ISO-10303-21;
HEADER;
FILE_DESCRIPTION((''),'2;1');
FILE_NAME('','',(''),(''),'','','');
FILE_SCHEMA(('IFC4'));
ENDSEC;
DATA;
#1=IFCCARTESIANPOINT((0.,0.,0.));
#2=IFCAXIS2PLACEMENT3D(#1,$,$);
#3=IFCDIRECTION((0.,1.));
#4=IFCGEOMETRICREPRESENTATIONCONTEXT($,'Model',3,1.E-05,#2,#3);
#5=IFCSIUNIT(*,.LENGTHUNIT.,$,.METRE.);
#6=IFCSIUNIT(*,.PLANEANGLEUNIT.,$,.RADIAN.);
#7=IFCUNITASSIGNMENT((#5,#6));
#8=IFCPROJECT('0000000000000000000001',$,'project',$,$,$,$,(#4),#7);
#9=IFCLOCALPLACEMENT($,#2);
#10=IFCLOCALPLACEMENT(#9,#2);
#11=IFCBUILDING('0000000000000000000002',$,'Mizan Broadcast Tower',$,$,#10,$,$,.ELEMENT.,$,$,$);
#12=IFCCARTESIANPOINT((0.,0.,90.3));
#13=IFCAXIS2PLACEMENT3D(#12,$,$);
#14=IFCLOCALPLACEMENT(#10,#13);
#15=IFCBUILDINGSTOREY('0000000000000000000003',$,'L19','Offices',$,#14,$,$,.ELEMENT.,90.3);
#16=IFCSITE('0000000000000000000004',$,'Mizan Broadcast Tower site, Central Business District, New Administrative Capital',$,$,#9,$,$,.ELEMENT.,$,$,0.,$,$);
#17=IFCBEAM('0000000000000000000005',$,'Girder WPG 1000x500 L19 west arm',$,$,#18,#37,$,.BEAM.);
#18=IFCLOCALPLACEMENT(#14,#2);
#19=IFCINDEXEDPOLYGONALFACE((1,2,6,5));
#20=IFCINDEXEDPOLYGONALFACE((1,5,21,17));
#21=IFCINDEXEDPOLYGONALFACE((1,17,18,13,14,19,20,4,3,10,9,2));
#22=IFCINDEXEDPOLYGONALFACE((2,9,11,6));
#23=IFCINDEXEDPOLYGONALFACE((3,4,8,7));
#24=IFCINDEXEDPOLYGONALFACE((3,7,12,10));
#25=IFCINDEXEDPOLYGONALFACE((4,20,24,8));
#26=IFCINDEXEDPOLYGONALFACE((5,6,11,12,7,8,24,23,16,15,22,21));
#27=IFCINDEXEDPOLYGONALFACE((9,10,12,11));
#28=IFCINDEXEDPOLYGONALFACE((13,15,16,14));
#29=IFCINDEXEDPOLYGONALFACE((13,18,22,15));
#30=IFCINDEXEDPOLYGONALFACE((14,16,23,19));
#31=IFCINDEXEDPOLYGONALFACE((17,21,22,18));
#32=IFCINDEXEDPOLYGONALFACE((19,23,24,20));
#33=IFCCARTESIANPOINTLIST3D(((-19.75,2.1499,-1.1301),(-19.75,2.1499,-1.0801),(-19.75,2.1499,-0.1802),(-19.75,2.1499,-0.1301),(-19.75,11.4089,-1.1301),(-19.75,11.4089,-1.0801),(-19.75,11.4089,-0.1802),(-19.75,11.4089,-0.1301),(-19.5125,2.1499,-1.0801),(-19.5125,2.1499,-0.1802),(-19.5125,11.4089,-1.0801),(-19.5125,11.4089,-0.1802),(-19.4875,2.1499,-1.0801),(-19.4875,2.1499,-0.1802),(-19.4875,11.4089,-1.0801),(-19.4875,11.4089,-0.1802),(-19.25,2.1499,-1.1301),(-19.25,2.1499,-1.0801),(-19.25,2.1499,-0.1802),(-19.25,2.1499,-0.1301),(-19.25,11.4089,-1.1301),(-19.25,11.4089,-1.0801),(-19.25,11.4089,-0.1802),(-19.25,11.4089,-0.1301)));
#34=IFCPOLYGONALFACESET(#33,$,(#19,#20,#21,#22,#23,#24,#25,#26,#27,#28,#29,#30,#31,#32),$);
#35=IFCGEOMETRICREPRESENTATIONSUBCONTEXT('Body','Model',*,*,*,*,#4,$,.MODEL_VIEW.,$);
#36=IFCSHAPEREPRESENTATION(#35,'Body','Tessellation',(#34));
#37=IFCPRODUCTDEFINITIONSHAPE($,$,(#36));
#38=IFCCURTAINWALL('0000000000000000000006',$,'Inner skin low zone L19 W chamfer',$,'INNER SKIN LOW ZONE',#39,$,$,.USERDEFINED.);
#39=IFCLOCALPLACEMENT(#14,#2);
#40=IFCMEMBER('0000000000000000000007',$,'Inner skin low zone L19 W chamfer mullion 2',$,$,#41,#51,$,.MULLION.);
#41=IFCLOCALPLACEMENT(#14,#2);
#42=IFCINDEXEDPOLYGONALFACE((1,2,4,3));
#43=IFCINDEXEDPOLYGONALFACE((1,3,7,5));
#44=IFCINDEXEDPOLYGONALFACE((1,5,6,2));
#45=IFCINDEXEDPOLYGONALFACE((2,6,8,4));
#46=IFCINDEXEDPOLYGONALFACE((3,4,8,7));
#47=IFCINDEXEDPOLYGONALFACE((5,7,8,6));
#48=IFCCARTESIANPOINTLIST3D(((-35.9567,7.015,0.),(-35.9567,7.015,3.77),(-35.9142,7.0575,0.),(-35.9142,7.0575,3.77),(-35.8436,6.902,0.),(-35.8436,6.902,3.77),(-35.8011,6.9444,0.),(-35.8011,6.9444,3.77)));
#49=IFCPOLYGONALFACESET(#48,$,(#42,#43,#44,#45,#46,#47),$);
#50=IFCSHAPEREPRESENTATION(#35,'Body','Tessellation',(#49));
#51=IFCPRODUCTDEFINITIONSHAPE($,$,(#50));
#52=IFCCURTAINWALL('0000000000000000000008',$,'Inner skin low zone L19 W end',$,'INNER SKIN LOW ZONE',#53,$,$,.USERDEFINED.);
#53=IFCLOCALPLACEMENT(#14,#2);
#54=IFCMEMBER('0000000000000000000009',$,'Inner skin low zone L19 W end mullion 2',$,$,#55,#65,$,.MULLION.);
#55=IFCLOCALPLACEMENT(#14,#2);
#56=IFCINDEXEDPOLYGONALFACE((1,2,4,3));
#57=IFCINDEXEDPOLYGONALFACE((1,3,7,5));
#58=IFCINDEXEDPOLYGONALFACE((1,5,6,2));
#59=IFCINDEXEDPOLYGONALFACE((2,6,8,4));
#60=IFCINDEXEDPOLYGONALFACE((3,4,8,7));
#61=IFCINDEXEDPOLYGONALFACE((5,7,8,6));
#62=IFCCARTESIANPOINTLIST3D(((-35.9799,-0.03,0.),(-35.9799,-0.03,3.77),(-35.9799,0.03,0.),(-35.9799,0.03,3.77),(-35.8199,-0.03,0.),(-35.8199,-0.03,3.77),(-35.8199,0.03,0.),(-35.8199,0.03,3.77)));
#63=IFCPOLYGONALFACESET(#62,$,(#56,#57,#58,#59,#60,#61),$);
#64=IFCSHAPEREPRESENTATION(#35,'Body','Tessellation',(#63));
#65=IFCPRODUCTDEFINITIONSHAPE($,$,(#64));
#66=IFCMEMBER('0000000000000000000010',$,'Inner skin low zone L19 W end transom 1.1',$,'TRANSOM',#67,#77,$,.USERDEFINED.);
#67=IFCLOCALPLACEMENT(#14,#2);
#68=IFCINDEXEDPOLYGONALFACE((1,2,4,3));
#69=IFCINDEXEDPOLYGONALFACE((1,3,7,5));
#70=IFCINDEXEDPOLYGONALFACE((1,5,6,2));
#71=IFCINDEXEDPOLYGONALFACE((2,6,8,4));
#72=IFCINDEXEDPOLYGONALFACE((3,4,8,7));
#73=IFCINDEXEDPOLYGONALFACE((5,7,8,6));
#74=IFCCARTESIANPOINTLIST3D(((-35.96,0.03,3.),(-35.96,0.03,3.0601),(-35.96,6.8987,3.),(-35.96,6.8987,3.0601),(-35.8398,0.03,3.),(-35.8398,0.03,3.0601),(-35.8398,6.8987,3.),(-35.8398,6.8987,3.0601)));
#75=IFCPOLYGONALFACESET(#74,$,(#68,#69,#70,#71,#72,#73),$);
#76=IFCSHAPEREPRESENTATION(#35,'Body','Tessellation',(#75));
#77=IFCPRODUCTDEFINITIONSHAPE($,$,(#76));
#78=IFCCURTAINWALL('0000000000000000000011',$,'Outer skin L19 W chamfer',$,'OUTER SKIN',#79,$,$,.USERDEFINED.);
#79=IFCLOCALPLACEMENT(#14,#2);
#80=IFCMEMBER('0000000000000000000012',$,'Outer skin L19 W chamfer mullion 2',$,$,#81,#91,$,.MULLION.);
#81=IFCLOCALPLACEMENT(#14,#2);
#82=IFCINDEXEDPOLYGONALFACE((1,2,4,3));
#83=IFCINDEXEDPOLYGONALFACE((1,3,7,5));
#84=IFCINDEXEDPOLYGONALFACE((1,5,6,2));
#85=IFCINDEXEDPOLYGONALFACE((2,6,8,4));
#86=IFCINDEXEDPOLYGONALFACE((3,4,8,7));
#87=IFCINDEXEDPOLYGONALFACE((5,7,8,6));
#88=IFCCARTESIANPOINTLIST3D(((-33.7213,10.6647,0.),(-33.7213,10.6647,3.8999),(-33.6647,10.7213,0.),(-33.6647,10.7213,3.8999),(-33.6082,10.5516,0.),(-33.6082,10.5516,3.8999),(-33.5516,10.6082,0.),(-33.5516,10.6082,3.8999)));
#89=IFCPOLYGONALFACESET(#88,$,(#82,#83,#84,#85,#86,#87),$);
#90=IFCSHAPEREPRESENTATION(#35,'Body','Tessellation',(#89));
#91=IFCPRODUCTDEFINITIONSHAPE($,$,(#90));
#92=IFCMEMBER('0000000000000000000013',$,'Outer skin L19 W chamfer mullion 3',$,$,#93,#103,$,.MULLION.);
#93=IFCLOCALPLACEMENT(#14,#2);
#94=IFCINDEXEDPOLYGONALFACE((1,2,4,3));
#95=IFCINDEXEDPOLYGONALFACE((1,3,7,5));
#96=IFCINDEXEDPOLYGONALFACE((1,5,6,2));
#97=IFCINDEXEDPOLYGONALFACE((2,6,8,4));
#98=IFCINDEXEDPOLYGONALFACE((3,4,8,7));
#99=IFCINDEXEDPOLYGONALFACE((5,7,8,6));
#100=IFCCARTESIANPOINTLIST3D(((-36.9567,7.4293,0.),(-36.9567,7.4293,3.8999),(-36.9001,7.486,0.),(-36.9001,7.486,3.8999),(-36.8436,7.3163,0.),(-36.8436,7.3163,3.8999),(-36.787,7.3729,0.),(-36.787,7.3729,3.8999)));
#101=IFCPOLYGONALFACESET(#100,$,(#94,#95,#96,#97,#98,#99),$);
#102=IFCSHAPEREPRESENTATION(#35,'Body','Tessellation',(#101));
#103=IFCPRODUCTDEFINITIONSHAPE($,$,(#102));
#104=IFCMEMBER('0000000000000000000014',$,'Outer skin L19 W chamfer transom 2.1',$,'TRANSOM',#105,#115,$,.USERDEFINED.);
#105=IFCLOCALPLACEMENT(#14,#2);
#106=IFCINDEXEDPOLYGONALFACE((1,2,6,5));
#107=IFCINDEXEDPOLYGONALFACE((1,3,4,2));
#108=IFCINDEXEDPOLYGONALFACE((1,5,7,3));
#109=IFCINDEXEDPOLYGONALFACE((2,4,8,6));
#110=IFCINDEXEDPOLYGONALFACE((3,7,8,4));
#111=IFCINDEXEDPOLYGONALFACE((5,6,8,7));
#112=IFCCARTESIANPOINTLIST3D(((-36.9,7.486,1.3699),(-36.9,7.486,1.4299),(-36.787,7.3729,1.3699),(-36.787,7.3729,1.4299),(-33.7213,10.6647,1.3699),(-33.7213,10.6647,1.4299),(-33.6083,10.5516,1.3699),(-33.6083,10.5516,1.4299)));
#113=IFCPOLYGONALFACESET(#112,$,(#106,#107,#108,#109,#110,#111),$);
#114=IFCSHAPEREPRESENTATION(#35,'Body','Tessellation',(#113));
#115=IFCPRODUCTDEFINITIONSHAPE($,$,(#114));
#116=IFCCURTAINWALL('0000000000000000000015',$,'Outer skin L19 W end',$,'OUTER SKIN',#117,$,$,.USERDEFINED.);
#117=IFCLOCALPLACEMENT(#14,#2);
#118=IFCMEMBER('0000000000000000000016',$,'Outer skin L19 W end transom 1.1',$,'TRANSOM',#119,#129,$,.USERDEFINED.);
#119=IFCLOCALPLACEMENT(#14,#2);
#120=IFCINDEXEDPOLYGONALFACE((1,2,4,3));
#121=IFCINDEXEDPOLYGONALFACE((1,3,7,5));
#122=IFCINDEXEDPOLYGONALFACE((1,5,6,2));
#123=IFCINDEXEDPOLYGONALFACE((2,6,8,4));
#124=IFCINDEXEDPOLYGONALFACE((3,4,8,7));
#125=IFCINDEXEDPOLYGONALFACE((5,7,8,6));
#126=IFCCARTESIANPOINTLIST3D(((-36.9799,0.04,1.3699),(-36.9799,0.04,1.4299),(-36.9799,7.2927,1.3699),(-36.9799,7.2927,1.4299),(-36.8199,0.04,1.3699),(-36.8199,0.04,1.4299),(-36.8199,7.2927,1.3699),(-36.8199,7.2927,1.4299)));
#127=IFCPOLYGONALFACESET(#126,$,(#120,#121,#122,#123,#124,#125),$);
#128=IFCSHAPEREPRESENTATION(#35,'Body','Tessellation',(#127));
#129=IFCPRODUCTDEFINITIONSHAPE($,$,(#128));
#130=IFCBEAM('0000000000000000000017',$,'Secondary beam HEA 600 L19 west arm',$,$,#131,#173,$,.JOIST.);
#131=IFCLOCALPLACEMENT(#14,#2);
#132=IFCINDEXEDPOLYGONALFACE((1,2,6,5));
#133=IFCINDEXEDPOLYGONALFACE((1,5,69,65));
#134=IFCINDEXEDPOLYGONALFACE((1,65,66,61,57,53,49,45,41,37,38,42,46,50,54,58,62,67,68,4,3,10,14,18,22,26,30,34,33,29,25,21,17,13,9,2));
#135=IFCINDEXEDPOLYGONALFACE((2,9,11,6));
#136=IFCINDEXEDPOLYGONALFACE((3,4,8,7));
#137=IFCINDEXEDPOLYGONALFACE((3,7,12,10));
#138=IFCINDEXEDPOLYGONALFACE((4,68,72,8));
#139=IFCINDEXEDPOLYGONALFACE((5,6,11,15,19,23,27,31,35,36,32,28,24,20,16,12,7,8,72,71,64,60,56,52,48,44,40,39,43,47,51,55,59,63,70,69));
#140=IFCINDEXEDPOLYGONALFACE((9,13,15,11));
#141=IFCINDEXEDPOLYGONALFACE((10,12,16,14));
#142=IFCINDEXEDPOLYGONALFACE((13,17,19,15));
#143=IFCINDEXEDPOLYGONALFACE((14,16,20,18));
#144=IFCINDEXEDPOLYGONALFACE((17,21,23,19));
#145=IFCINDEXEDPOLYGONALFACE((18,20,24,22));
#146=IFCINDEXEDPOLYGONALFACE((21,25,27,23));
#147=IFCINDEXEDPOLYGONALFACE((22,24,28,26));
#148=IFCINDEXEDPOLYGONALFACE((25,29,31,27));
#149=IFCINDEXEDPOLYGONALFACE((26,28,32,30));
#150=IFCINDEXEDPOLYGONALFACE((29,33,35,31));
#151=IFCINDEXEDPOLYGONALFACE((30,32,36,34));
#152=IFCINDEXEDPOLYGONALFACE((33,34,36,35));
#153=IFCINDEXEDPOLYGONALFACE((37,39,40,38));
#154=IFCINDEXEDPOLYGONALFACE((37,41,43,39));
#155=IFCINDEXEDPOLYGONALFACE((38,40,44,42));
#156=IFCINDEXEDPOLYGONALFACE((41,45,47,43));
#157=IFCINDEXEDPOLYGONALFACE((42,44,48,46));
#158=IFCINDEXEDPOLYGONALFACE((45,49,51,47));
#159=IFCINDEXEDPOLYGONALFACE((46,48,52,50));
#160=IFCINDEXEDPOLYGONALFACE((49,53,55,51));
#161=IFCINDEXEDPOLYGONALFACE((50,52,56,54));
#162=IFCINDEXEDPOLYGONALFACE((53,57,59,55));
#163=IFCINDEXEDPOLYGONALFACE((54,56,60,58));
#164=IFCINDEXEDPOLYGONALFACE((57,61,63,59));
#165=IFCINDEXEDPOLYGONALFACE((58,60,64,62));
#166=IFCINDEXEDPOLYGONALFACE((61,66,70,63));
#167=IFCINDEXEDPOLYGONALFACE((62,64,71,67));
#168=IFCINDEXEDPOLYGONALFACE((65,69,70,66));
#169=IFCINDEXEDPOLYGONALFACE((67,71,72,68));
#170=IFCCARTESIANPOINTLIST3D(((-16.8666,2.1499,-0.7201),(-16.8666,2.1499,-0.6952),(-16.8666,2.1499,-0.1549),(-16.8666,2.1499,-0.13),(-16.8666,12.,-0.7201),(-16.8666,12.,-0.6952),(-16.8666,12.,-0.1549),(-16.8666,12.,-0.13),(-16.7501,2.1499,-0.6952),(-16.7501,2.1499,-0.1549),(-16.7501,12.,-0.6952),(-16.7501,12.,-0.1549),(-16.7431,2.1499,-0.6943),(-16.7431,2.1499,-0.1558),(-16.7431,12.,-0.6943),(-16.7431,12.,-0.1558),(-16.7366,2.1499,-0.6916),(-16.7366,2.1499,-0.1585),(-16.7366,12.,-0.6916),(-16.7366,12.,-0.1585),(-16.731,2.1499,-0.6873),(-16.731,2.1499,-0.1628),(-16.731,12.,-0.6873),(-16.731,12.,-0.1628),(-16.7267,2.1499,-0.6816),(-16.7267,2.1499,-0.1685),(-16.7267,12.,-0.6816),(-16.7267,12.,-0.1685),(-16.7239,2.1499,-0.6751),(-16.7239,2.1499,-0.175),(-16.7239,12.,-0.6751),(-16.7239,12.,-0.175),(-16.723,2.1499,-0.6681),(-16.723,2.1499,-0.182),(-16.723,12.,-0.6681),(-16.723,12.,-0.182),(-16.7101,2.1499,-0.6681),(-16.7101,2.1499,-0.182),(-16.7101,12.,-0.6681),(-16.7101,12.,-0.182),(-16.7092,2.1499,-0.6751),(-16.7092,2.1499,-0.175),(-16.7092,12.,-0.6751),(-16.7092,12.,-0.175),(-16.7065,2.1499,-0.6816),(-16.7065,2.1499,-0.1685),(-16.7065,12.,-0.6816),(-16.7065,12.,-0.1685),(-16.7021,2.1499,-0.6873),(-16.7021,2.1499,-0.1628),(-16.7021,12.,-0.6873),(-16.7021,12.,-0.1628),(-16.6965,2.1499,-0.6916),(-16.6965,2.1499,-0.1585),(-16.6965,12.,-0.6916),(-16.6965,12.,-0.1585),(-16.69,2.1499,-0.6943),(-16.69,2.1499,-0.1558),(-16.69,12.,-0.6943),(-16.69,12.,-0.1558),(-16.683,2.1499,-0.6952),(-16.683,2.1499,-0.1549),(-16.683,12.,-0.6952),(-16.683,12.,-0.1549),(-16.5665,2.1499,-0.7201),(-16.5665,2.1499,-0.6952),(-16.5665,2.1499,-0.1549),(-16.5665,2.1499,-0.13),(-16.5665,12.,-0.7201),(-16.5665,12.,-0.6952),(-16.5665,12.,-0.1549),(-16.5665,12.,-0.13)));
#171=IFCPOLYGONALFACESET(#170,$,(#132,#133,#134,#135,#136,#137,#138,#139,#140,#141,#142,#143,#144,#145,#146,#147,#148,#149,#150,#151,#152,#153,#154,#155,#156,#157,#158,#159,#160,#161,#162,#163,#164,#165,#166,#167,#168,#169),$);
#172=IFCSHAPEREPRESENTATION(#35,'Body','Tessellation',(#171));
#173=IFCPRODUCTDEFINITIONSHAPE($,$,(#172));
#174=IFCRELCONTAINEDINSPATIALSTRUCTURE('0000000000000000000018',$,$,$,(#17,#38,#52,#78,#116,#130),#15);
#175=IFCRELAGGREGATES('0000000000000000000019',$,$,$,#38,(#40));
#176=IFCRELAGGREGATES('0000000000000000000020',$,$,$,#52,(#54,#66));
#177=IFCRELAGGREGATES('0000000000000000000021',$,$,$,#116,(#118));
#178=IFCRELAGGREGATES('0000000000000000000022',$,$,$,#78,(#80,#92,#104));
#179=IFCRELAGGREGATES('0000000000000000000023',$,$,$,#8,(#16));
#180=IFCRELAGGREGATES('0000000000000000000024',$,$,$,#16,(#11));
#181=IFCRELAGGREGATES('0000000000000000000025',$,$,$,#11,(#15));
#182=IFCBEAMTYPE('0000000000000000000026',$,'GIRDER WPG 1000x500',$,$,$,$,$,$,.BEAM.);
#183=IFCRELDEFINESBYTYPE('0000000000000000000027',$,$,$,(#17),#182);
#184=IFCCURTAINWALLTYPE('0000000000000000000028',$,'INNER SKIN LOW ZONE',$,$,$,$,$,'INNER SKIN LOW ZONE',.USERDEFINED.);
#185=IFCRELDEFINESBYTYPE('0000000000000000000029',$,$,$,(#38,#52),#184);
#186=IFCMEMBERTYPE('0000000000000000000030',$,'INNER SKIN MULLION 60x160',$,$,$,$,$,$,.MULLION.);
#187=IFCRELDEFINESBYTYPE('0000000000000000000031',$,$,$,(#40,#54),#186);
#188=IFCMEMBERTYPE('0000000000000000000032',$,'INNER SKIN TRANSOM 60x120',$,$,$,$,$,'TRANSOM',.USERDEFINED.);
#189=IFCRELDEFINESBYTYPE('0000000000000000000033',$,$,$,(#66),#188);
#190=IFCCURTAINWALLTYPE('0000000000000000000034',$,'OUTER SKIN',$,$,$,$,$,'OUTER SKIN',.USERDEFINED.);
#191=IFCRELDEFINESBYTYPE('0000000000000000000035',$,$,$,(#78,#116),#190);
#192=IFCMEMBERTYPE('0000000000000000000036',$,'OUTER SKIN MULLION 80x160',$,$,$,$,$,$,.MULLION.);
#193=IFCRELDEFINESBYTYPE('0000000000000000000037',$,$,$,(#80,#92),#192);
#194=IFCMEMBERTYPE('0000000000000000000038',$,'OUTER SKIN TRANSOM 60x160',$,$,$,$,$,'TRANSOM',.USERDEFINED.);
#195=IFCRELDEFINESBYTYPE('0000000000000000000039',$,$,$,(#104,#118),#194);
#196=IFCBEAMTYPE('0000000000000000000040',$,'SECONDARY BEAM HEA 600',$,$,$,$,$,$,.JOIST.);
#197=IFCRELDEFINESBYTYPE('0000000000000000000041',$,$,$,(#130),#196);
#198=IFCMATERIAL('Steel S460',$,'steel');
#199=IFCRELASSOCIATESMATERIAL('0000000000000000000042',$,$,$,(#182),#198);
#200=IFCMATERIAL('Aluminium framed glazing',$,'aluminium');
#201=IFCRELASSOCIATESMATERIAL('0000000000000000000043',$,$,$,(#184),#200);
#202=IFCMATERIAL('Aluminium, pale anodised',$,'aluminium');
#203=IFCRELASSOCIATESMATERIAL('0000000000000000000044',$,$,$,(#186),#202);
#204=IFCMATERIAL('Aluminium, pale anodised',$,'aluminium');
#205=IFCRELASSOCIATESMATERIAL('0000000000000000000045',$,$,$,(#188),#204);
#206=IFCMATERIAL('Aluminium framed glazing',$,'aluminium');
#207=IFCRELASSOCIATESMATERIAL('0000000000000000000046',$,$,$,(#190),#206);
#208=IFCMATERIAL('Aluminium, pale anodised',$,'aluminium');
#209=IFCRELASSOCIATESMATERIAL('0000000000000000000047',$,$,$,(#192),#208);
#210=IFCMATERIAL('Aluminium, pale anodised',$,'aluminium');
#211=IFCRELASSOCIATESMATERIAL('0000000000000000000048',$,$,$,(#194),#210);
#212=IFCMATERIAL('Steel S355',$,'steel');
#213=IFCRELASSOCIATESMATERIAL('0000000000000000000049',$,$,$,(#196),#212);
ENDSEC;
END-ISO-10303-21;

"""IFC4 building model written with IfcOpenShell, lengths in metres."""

from ifc_helpers import new_model, si_unit, direction, frame, origin, origin_2d, place, context, subcontext, project, spatial, rectangle, i_section, extrude, material, material_profile, profile_set, type_object, element, aggregate, save


model = new_model("IFC4")

# Units and contexts
model_context = context("Model", 3, precision=1e-05, world=origin(), true_north=direction((0.0, 1.0)))
body_context = subcontext(model_context, "Body", "Model", "MODEL_VIEW")
ifc_project = project(units=[si_unit("LENGTHUNIT", "METRE"), si_unit("PLANEANGLEUNIT", "RADIAN")], contexts=[model_context])

# Site, building, storey
site_placement = place(None, origin())
site = spatial("IfcSite", under=ifc_project, at=site_placement, Name="Mizan Broadcast Tower site, Central Business District, New Administrative Capital", CompositionType="ELEMENT", RefElevation=0.0)
building_placement = place(site_placement, origin())
building = spatial("IfcBuilding", under=site, at=building_placement, Name="Mizan Broadcast Tower", CompositionType="ELEMENT")
storey_placement = place(building_placement, frame((0.0, 0.0, 90.3)))
storey = spatial("IfcBuildingStorey", under=building, at=storey_placement, Name="L19", Description="Offices", CompositionType="ELEMENT", Elevation=90.3)

# Beam
ifc_material_1 = material(Name="Steel S460", Category="steel")
ifc_material_profile_1 = material_profile(ifc_material_1, i_section(OverallWidth=0.5, OverallDepth=1.0, WebThickness=0.0249, FlangeThickness=0.05, at=origin_2d()), Name="WPG 1000x500")
ifc_profile_set_1 = profile_set([ifc_material_profile_1], Name="Steel S460")
beam_type_1 = type_object("IfcBeamType", Name="GIRDER WPG 1000x500", PredefinedType="BEAM", material=ifc_profile_set_1)
beam_1_placement = place(storey_placement, frame((-19.5, 11.4089, -0.6301), z_axis=(0.0, -1.0, 0.0), x_axis=(1.0, 0.0, 0.0)))
element("IfcBeam", 1, at=beam_1_placement, inside=storey, type_object=beam_type_1, Name="Girder WPG 1000x500 L19 west arm", PredefinedType="BEAM", context=body_context, shape_type="SweptSolid", body=[
    extrude(i_section(OverallWidth=0.5, OverallDepth=1.0, WebThickness=0.0249, FlangeThickness=0.05, at=origin_2d()), origin(), (0.0, 0.0, 1.0), 9.259),
])

# Curtain wall, member
ifc_material_2 = material(Name="Aluminium framed glazing", Category="aluminium")
curtain_wall_type_1 = type_object("IfcCurtainWallType", Name="INNER SKIN LOW ZONE", ElementType="INNER SKIN LOW ZONE", PredefinedType="USERDEFINED", material=ifc_material_2)
curtain_wall_1_placement = place(storey_placement, origin())
curtain_wall_1 = element("IfcCurtainWall", 2, at=curtain_wall_1_placement, inside=storey, type_object=curtain_wall_type_1, Name="Inner skin low zone L19 W chamfer", ObjectType="INNER SKIN LOW ZONE", PredefinedType="USERDEFINED")
ifc_material_3 = material(Name="Aluminium, pale anodised", Category="aluminium")
ifc_material_profile_2 = material_profile(ifc_material_3, rectangle(XDim=0.1599, YDim=0.0601, at=origin_2d()), Name="MULLION 160x60")
ifc_profile_set_2 = profile_set([ifc_material_profile_2], Name="Aluminium, pale anodised")
member_type_1 = type_object("IfcMemberType", Name="INNER SKIN MULLION 60x160", PredefinedType="MULLION", material=ifc_profile_set_2)
member_1_placement = place(storey_placement, frame((-35.8789, 6.9797, 0.0), z_axis=(0.0, 0.0, 1.0), x_axis=(0.707107, -0.707107, 0.0)))
member_1 = element("IfcMember", 3, at=member_1_placement, type_object=member_type_1, Name="Inner skin low zone L19 W chamfer mullion 2", PredefinedType="MULLION", context=body_context, shape_type="SweptSolid", body=[
    extrude(rectangle(XDim=0.1599, YDim=0.0601, at=origin_2d()), origin(), (0.0, 0.0, 1.0), 3.77),
])

# Curtain walls, members
curtain_wall_2_placement = place(storey_placement, origin())
curtain_wall_2 = element("IfcCurtainWall", 4, at=curtain_wall_2_placement, inside=storey, type_object=curtain_wall_type_1, Name="Inner skin low zone L19 W end", ObjectType="INNER SKIN LOW ZONE", PredefinedType="USERDEFINED")
member_2_placement = place(storey_placement, frame((-35.8999, 0.0, 0.0), z_axis=(0.0, 0.0, 1.0), x_axis=(1.0, 0.0, 0.0)))
member_2 = element("IfcMember", 5, at=member_2_placement, type_object=member_type_1, Name="Inner skin low zone L19 W end mullion 2", PredefinedType="MULLION", context=body_context, shape_type="SweptSolid", body=[
    extrude(rectangle(XDim=0.1599, YDim=0.0601, at=origin_2d()), origin(), (0.0, 0.0, 1.0), 3.77),
])
ifc_material_4 = material(Name="Aluminium, pale anodised", Category="aluminium")
ifc_material_profile_3 = material_profile(ifc_material_4, rectangle(XDim=0.1201, YDim=0.0601, at=origin_2d()), Name="TRANSOM 120x60")
ifc_profile_set_3 = profile_set([ifc_material_profile_3], Name="Aluminium, pale anodised")
member_type_2 = type_object("IfcMemberType", Name="INNER SKIN TRANSOM 60x120", ElementType="TRANSOM", PredefinedType="USERDEFINED", material=ifc_profile_set_3)
member_3_placement = place(storey_placement, frame((-35.8999, 6.8987, 3.03), z_axis=(0.0, -1.0, 0.0), x_axis=(1.0, 0.0, 0.0)))
member_3 = element("IfcMember", 6, at=member_3_placement, type_object=member_type_2, Name="Inner skin low zone L19 W end transom 1.1", ObjectType="TRANSOM", PredefinedType="USERDEFINED", context=body_context, shape_type="SweptSolid", body=[
    extrude(rectangle(XDim=0.1201, YDim=0.0601, at=origin_2d()), origin(), (0.0, 0.0, 1.0), 6.8687),
])
ifc_material_5 = material(Name="Aluminium framed glazing", Category="aluminium")
curtain_wall_type_2 = type_object("IfcCurtainWallType", Name="OUTER SKIN", ElementType="OUTER SKIN", PredefinedType="USERDEFINED", material=ifc_material_5)
curtain_wall_3_placement = place(storey_placement, origin())
curtain_wall_3 = element("IfcCurtainWall", 7, at=curtain_wall_3_placement, inside=storey, type_object=curtain_wall_type_2, Name="Outer skin L19 W chamfer", ObjectType="OUTER SKIN", PredefinedType="USERDEFINED")
ifc_material_6 = material(Name="Aluminium, pale anodised", Category="aluminium")
ifc_material_profile_4 = material_profile(ifc_material_6, rectangle(XDim=0.1599, YDim=0.0801, at=origin_2d()), Name="MULLION 160x80")
ifc_profile_set_4 = profile_set([ifc_material_profile_4], Name="Aluminium, pale anodised")
member_type_3 = type_object("IfcMemberType", Name="OUTER SKIN MULLION 80x160", PredefinedType="MULLION", material=ifc_profile_set_4)
member_4_placement = place(storey_placement, frame((-33.6365, 10.6365, 0.0), z_axis=(0.0, 0.0, 1.0), x_axis=(0.707107, -0.707107, 0.0)))
member_4 = element("IfcMember", 8, at=member_4_placement, type_object=member_type_3, Name="Outer skin L19 W chamfer mullion 2", PredefinedType="MULLION", context=body_context, shape_type="SweptSolid", body=[
    extrude(rectangle(XDim=0.1599, YDim=0.0801, at=origin_2d()), origin(), (0.0, 0.0, 1.0), 3.8999),
])
member_5_placement = place(storey_placement, frame((-36.8718, 7.4011, 0.0), z_axis=(0.0, 0.0, 1.0), x_axis=(0.707107, -0.707107, 0.0)))
member_5 = element("IfcMember", 9, at=member_5_placement, type_object=member_type_3, Name="Outer skin L19 W chamfer mullion 3", PredefinedType="MULLION", context=body_context, shape_type="SweptSolid", body=[
    extrude(rectangle(XDim=0.1599, YDim=0.0801, at=origin_2d()), origin(), (0.0, 0.0, 1.0), 3.8999),
])
ifc_material_7 = material(Name="Aluminium, pale anodised", Category="aluminium")
ifc_material_profile_5 = material_profile(ifc_material_7, rectangle(XDim=0.1599, YDim=0.0601, at=origin_2d()), Name="TRANSOM 160x60")
ifc_profile_set_5 = profile_set([ifc_material_profile_5], Name="Aluminium, pale anodised")
member_type_4 = type_object("IfcMemberType", Name="OUTER SKIN TRANSOM 60x160", ElementType="TRANSOM", PredefinedType="USERDEFINED", material=ifc_profile_set_5)
member_6_placement = place(storey_placement, frame((-33.6648, 10.6082, 1.3999), z_axis=(-0.707107, -0.707107, 0.0), x_axis=(0.707107, -0.707107, 0.0)))
member_6 = element("IfcMember", 10, at=member_6_placement, type_object=member_type_4, Name="Outer skin L19 W chamfer transom 2.1", ObjectType="TRANSOM", PredefinedType="USERDEFINED", context=body_context, shape_type="SweptSolid", body=[
    extrude(rectangle(XDim=0.1599, YDim=0.0601, at=origin_2d()), origin(), (0.0, 0.0, 1.0), 4.4954),
])

# Curtain wall, member
curtain_wall_4_placement = place(storey_placement, origin())
curtain_wall_4 = element("IfcCurtainWall", 11, at=curtain_wall_4_placement, inside=storey, type_object=curtain_wall_type_2, Name="Outer skin L19 W end", ObjectType="OUTER SKIN", PredefinedType="USERDEFINED")
member_7_placement = place(storey_placement, frame((-36.8999, 7.2927, 1.3999), z_axis=(0.0, -1.0, 0.0), x_axis=(1.0, 0.0, 0.0)))
member_7 = element("IfcMember", 12, at=member_7_placement, type_object=member_type_4, Name="Outer skin L19 W end transom 1.1", ObjectType="TRANSOM", PredefinedType="USERDEFINED", context=body_context, shape_type="SweptSolid", body=[
    extrude(rectangle(XDim=0.1599, YDim=0.0601, at=origin_2d()), origin(), (0.0, 0.0, 1.0), 7.2527),
])

# Beam
ifc_material_8 = material(Name="Steel S355", Category="steel")
ifc_material_profile_6 = material_profile(ifc_material_8, i_section(OverallWidth=0.3, OverallDepth=0.5901, WebThickness=0.0129, FlangeThickness=0.0249, FilletRadius=0.0271, at=origin_2d()), Name="HEA 600")
ifc_profile_set_6 = profile_set([ifc_material_profile_6], Name="Steel S355")
beam_type_2 = type_object("IfcBeamType", Name="SECONDARY BEAM HEA 600", PredefinedType="JOIST", material=ifc_profile_set_6)
for number, where, z_axis, x_axis, name in (
    (13, (-16.7166, 12.0, -0.425), (0.0, -1.0, 0.0), (1.0, 0.0, 0.0), "Secondary beam HEA 600 L19 west arm"),
):
    element("IfcBeam", number, at=place(storey_placement, frame(where, z_axis=z_axis, x_axis=x_axis)), inside=storey, type_object=beam_type_2, Name=name, PredefinedType="JOIST", context=body_context, shape_type="SweptSolid", body=[
        extrude(i_section(OverallWidth=0.3, OverallDepth=0.5901, WebThickness=0.0129, FlangeThickness=0.0249, FilletRadius=0.0271, at=origin_2d()), origin(), (0.0, 0.0, 1.0), 9.8501),
    ])

aggregate(curtain_wall_1, [member_1])
aggregate(curtain_wall_2, [member_2, member_3])
aggregate(curtain_wall_4, [member_7])
aggregate(curtain_wall_3, [member_4, member_5, member_6])

save(model, "model.ifc")
